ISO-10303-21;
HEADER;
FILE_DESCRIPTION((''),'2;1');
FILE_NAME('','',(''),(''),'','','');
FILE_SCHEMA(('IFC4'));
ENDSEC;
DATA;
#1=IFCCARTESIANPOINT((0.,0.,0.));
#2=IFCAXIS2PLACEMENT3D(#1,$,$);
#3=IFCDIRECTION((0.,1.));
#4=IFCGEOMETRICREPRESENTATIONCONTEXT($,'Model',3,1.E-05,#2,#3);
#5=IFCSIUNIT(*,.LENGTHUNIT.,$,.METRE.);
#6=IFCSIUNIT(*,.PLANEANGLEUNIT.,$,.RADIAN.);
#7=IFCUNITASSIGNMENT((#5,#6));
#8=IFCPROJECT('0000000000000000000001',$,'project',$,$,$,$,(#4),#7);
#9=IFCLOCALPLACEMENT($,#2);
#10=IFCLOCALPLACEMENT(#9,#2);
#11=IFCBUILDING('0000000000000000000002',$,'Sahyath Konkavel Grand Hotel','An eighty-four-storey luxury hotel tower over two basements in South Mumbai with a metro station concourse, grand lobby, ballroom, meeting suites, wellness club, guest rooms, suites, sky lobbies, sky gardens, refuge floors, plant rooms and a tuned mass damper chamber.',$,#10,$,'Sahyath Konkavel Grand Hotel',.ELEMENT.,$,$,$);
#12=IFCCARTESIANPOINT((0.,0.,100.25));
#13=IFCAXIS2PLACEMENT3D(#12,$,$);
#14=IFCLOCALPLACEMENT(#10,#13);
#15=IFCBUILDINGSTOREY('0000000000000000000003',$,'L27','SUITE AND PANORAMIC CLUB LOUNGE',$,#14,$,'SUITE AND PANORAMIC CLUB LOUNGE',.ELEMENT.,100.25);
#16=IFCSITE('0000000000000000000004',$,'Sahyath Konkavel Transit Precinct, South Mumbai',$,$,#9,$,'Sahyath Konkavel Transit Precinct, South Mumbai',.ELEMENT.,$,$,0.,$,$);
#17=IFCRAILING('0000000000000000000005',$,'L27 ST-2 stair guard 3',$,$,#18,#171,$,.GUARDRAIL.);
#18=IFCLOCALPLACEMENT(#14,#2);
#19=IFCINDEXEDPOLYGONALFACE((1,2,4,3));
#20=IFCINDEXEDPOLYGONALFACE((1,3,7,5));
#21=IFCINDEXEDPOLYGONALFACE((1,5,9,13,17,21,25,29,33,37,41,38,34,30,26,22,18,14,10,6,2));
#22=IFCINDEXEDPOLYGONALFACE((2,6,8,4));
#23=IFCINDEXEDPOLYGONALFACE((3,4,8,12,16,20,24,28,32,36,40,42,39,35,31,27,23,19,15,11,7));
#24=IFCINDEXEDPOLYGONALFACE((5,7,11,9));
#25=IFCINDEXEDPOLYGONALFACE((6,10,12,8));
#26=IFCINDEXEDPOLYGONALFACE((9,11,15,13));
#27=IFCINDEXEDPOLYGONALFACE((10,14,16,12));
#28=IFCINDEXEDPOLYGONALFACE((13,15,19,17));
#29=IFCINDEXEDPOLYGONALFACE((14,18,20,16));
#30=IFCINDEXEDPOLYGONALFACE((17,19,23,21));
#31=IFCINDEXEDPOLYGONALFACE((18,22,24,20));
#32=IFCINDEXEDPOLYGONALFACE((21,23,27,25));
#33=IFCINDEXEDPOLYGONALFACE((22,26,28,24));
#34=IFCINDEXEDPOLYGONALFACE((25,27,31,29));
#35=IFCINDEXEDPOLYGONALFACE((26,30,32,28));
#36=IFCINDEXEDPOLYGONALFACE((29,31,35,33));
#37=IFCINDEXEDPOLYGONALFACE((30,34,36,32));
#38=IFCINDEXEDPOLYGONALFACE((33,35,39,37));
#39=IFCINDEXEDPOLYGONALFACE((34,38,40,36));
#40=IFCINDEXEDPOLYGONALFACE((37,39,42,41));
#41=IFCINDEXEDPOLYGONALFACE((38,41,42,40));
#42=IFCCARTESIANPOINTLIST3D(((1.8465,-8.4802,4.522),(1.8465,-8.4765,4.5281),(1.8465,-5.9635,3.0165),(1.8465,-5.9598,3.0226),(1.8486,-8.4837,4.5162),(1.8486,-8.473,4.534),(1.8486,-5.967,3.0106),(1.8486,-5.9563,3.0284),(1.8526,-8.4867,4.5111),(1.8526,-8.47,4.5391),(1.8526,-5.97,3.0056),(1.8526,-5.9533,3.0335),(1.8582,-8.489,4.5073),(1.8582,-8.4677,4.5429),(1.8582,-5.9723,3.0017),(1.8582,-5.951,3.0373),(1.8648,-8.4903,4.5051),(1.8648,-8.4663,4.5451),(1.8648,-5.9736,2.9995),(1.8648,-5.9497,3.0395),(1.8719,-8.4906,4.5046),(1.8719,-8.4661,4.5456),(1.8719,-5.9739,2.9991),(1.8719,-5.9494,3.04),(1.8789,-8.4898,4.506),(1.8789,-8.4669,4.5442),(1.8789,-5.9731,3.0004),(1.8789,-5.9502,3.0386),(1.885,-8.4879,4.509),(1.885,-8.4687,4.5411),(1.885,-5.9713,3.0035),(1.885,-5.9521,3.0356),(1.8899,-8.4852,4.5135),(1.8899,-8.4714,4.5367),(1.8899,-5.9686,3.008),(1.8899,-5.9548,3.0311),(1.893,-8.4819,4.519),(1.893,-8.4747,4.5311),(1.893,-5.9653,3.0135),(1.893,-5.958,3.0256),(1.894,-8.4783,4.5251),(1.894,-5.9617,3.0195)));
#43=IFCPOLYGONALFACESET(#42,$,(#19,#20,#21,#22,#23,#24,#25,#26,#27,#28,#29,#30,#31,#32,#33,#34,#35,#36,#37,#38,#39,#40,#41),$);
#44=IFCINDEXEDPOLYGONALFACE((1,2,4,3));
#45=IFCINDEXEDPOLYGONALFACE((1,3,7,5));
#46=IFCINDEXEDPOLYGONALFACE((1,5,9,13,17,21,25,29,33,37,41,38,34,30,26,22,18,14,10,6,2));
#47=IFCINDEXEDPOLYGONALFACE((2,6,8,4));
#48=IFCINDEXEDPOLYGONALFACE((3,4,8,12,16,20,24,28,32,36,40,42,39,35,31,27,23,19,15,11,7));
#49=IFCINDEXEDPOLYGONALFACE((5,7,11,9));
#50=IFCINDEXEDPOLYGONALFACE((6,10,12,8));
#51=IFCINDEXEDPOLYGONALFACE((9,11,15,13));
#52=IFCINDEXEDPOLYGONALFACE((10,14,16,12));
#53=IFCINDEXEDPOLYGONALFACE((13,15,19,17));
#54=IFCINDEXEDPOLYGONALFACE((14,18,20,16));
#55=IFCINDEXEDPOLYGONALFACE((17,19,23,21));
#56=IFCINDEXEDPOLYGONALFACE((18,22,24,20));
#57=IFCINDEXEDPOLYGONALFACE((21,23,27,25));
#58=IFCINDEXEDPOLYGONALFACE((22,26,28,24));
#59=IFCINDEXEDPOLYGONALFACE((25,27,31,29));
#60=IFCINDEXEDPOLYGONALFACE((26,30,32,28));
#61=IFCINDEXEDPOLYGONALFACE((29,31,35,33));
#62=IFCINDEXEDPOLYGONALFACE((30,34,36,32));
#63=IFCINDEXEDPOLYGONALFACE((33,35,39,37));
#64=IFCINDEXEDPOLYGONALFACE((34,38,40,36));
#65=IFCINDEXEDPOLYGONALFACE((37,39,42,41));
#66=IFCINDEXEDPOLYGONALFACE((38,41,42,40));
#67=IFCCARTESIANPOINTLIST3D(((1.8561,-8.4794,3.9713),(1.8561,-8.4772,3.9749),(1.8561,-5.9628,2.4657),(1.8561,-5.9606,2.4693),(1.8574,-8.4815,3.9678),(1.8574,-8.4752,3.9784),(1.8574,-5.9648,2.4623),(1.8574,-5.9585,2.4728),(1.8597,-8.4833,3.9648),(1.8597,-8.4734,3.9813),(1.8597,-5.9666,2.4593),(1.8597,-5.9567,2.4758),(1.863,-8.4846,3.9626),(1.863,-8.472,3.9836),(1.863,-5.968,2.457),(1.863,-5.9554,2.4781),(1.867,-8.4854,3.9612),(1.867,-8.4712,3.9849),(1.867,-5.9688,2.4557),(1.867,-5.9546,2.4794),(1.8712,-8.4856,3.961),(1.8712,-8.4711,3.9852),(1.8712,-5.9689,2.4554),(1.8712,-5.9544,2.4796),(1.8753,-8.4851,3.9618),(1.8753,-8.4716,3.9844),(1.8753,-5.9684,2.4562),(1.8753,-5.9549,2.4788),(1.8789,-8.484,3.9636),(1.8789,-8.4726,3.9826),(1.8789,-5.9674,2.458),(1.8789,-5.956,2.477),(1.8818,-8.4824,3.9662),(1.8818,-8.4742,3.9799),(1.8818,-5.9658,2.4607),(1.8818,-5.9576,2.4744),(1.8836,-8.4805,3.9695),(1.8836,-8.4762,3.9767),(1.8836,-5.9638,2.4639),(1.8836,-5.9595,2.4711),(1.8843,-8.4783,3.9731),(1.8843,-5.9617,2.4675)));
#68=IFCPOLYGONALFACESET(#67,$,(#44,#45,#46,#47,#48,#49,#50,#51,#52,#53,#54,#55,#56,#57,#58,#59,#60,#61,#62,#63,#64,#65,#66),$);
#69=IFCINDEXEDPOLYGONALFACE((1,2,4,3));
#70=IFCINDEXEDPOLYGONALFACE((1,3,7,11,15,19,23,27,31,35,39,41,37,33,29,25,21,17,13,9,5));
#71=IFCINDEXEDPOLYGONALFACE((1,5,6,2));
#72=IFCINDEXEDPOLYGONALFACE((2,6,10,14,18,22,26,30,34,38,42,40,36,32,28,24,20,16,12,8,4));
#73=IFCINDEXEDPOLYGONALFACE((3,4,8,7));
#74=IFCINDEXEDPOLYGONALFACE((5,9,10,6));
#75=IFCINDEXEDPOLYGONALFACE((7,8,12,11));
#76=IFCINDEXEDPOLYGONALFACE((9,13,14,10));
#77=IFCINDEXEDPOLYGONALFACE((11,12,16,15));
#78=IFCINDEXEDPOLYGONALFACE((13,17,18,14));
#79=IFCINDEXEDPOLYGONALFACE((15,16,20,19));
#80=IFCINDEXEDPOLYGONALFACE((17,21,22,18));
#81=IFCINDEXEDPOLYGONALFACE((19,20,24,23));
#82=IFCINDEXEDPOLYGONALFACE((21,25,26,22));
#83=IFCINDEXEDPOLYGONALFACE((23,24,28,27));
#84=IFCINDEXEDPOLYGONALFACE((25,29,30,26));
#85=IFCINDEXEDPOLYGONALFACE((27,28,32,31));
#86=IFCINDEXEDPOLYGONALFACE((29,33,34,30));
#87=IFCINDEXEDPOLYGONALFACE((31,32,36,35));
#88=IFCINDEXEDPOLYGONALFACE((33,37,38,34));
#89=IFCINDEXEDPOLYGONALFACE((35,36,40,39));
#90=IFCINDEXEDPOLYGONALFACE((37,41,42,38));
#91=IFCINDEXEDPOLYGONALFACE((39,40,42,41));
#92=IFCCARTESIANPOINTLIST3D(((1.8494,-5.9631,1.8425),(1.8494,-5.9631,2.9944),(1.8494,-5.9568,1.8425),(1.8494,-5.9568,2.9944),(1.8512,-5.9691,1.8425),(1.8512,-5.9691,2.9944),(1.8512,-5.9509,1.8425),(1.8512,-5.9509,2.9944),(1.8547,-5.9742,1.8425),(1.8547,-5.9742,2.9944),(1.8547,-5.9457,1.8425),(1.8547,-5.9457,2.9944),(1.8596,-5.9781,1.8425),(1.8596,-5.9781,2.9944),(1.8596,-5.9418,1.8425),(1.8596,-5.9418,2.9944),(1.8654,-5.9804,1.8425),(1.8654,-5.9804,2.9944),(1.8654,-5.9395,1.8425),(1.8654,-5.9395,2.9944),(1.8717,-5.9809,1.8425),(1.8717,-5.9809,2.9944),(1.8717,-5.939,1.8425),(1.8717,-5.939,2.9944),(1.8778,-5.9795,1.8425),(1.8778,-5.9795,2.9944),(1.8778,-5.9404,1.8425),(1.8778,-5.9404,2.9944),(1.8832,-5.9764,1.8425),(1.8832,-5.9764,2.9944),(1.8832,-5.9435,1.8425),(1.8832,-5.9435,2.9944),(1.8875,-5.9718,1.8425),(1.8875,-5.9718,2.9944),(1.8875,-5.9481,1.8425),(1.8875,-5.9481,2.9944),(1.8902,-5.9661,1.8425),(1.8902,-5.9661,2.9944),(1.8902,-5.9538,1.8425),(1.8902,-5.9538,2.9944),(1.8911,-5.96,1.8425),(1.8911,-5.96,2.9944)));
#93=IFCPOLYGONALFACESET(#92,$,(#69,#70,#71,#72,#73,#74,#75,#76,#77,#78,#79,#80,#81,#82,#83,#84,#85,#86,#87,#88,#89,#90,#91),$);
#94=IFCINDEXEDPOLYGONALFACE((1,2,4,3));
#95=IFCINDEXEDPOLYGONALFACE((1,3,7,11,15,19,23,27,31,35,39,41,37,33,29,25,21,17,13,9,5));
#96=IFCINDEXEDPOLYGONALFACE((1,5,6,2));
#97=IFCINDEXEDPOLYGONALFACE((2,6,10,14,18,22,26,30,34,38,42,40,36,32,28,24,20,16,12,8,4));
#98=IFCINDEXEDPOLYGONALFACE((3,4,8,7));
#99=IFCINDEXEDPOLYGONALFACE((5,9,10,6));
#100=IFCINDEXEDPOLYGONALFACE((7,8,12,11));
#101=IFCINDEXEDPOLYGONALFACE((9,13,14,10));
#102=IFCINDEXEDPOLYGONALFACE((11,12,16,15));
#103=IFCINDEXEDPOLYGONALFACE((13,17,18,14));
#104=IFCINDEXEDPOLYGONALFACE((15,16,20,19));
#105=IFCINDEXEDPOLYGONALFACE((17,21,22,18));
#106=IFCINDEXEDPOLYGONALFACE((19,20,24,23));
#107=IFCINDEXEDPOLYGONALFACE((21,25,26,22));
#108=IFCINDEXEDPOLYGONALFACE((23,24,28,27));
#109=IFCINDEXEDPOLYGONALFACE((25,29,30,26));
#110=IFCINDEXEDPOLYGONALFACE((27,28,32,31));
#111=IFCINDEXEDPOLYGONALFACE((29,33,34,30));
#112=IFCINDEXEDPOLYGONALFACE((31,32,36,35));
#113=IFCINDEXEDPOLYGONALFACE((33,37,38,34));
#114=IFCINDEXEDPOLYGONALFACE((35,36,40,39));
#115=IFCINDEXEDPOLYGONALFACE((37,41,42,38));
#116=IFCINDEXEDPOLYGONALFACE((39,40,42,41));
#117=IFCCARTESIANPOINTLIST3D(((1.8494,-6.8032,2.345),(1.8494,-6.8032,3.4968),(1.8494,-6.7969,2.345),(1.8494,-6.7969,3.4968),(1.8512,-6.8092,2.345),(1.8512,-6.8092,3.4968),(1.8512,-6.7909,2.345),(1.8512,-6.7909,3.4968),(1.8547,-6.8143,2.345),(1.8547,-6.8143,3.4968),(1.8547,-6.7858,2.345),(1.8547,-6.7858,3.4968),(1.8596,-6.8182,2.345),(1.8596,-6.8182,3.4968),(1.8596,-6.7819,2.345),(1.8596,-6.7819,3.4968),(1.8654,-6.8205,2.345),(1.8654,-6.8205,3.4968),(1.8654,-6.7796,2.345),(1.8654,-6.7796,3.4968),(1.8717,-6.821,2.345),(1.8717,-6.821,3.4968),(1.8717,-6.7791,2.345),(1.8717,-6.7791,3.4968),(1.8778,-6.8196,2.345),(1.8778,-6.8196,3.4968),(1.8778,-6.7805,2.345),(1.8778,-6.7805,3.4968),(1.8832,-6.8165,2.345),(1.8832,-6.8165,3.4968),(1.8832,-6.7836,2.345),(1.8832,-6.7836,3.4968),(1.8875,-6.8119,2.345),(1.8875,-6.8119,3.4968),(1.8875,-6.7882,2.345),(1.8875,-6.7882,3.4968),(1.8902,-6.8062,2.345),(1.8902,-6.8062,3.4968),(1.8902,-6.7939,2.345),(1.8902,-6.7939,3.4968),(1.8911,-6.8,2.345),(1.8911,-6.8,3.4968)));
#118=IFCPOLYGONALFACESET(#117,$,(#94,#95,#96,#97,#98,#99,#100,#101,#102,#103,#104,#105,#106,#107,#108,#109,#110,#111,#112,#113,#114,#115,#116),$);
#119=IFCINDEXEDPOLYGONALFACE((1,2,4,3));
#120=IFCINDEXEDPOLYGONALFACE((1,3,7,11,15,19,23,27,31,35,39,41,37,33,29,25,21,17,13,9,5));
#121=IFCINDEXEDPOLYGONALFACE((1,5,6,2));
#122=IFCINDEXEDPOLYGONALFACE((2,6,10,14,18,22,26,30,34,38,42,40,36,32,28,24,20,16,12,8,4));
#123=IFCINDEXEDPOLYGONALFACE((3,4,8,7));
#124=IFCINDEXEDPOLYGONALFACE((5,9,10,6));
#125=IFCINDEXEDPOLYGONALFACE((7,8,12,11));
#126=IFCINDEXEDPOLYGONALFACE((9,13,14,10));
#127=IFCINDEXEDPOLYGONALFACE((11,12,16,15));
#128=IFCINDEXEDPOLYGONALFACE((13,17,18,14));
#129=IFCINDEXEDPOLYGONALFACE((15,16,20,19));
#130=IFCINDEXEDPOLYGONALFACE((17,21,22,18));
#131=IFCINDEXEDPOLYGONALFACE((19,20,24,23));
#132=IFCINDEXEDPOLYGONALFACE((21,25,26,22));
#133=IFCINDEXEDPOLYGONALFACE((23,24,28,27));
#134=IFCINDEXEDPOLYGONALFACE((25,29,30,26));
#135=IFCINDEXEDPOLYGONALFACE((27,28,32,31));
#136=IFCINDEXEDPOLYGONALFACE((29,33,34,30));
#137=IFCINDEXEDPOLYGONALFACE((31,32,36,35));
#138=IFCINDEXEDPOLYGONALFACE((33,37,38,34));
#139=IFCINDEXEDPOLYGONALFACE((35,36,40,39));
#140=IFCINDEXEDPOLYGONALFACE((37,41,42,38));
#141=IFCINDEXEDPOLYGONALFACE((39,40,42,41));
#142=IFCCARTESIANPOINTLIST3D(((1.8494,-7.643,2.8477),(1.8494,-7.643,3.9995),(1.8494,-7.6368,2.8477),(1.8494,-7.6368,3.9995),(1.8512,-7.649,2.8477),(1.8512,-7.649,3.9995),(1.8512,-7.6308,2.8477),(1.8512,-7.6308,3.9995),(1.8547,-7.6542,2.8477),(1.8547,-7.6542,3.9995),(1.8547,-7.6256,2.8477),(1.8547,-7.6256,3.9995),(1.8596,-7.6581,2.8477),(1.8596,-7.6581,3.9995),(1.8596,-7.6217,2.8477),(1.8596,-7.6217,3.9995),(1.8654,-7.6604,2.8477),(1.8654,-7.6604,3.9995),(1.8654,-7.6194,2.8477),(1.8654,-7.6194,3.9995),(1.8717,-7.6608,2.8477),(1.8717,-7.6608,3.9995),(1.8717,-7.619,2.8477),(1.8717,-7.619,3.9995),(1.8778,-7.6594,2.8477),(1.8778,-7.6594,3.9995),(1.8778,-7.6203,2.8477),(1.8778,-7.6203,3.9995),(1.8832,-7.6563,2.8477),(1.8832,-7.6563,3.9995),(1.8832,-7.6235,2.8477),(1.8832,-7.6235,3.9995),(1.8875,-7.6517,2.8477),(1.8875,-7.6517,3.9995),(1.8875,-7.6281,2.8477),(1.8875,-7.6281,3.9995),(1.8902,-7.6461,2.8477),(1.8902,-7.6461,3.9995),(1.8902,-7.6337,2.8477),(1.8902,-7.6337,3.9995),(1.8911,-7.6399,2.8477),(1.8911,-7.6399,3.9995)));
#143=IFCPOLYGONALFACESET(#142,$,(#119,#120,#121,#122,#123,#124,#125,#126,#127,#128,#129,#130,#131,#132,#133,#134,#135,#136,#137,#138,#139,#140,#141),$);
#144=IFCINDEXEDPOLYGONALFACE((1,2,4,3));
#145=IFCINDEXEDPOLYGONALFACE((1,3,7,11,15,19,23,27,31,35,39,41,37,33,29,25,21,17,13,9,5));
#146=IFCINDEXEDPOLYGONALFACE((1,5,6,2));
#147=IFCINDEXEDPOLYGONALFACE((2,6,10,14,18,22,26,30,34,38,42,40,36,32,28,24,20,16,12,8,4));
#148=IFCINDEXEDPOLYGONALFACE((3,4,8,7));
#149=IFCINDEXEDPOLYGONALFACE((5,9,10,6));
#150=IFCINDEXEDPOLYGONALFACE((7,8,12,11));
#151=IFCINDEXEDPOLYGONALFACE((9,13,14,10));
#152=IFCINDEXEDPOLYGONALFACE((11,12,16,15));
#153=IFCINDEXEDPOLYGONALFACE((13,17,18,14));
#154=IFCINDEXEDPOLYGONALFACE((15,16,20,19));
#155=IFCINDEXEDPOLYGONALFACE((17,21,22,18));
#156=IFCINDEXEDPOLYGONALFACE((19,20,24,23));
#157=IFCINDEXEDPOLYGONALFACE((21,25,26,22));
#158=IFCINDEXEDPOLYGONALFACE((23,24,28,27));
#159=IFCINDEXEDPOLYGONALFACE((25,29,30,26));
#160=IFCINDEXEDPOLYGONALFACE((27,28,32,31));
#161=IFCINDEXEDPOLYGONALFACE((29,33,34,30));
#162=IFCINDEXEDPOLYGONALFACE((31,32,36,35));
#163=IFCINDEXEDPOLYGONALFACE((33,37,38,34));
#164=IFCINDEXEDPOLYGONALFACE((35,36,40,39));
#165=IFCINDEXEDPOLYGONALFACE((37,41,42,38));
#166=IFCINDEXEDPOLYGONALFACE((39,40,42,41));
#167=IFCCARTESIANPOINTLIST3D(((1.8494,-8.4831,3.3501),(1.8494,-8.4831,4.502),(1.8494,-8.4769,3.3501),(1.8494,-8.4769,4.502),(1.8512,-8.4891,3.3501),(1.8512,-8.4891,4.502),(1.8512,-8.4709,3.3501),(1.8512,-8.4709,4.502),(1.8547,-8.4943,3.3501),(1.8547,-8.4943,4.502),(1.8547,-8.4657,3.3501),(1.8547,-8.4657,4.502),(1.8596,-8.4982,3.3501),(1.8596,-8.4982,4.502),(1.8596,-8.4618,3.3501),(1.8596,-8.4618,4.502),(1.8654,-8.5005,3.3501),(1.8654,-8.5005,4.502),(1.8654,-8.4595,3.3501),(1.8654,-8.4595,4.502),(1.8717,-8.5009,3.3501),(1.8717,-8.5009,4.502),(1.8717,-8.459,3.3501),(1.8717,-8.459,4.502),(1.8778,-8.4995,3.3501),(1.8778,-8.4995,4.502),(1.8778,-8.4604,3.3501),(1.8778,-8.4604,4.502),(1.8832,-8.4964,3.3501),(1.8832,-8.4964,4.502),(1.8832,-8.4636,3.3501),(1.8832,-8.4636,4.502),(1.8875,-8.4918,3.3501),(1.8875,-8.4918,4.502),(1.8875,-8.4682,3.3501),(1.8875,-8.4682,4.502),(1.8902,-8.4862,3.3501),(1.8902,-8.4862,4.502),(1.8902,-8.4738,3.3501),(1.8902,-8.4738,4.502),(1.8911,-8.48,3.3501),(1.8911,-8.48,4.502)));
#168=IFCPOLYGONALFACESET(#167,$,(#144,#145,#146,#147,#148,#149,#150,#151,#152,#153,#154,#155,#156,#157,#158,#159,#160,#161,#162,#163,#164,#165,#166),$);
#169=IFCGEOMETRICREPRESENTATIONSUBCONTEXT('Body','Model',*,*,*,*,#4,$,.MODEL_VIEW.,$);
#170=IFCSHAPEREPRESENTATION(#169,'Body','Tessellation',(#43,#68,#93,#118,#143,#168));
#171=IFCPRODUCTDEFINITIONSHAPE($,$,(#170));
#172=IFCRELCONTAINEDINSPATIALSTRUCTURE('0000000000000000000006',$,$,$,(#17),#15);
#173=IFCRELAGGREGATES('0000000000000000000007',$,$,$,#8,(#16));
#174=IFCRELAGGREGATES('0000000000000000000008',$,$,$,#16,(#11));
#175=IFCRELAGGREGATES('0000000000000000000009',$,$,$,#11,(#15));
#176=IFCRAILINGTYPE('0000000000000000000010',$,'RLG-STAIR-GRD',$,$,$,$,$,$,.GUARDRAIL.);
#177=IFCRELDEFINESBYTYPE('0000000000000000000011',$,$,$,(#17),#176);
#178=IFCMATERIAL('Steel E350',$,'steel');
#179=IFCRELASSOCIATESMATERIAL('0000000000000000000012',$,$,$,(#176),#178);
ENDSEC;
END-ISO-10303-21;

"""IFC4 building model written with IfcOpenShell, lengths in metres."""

from ifc_helpers import new_model, si_unit, direction, frame, origin, origin_2d, place, context, subcontext, project, spatial, circle, extrude, material, type_object, element, save


model = new_model("IFC4")

# Units and contexts
model_context = context("Model", 3, precision=1e-05, world=origin(), true_north=direction((0.0, 1.0)))
body_context = subcontext(model_context, "Body", "Model", "MODEL_VIEW")
ifc_project = project(units=[si_unit("LENGTHUNIT", "METRE"), si_unit("PLANEANGLEUNIT", "RADIAN")], contexts=[model_context])

# Site, building, storey
site_placement = place(None, origin())
site = spatial("IfcSite", under=ifc_project, at=site_placement, Name="Sahyath Konkavel Transit Precinct, South Mumbai", LongName="Sahyath Konkavel Transit Precinct, South Mumbai", CompositionType="ELEMENT", RefElevation=0.0)
building_placement = place(site_placement, origin())
building = spatial("IfcBuilding", under=site, at=building_placement, Name="Sahyath Konkavel Grand Hotel", Description="An eighty-four-storey luxury hotel tower over two basements in South Mumbai with a metro station concourse, grand lobby, ballroom, meeting suites, wellness club, guest rooms, suites, sky lobbies, sky gardens, refuge floors, plant rooms and a tuned mass damper chamber.", LongName="Sahyath Konkavel Grand Hotel", CompositionType="ELEMENT")
storey_placement = place(building_placement, frame((0.0, 0.0, 100.25)))
storey = spatial("IfcBuildingStorey", under=building, at=storey_placement, Name="L27", Description="SUITE AND PANORAMIC CLUB LOUNGE", LongName="SUITE AND PANORAMIC CLUB LOUNGE", CompositionType="ELEMENT", Elevation=100.25)

# Shared definitions
ifc_material_1 = material(Name="Steel E350", Category="steel")

# Railing
railing_type_1 = type_object("IfcRailingType", Name="RLG-STAIR-GRD", PredefinedType="GUARDRAIL", material=ifc_material_1)
railing_1_placement = place(storey_placement, frame((1.8701, -5.96, 1.8425)))
element("IfcRailing", 1, at=railing_1_placement, inside=storey, type_object=railing_type_1, Name="L27 ST-2 stair guard 3", PredefinedType="GUARDRAIL", context=body_context, shape_type="SweptSolid", body=[
    extrude(circle(Radius=0.0239, at=origin_2d()), frame((0.0, -0.0017, 1.177), z_axis=(0.0, -0.85816, 0.513383), x_axis=(1.0, 0.0, 0.0)), (0.0, 0.0, 1.0), 2.9326),
    extrude(circle(Radius=0.0142, at=origin_2d()), frame((0.0, -0.0017, 0.625), z_axis=(0.0, -0.85816, 0.513383), x_axis=(1.0, 0.0, 0.0)), (0.0, 0.0, 1.0), 2.9326),
    extrude(circle(Radius=0.021, at=origin_2d()), origin(), (0.0, 0.0, 1.0), 1.1519),
    extrude(circle(Radius=0.021, at=origin_2d()), frame((0.0, -0.8401, 0.5024)), (0.0, 0.0, 1.0), 1.1519),
    extrude(circle(Radius=0.021, at=origin_2d()), frame((0.0, -1.6799, 1.0051)), (0.0, 0.0, 1.0), 1.1519),
    extrude(circle(Radius=0.021, at=origin_2d()), frame((0.0, -2.52, 1.5076)), (0.0, 0.0, 1.0), 1.1519),
])

save(model, "model.ifc")
